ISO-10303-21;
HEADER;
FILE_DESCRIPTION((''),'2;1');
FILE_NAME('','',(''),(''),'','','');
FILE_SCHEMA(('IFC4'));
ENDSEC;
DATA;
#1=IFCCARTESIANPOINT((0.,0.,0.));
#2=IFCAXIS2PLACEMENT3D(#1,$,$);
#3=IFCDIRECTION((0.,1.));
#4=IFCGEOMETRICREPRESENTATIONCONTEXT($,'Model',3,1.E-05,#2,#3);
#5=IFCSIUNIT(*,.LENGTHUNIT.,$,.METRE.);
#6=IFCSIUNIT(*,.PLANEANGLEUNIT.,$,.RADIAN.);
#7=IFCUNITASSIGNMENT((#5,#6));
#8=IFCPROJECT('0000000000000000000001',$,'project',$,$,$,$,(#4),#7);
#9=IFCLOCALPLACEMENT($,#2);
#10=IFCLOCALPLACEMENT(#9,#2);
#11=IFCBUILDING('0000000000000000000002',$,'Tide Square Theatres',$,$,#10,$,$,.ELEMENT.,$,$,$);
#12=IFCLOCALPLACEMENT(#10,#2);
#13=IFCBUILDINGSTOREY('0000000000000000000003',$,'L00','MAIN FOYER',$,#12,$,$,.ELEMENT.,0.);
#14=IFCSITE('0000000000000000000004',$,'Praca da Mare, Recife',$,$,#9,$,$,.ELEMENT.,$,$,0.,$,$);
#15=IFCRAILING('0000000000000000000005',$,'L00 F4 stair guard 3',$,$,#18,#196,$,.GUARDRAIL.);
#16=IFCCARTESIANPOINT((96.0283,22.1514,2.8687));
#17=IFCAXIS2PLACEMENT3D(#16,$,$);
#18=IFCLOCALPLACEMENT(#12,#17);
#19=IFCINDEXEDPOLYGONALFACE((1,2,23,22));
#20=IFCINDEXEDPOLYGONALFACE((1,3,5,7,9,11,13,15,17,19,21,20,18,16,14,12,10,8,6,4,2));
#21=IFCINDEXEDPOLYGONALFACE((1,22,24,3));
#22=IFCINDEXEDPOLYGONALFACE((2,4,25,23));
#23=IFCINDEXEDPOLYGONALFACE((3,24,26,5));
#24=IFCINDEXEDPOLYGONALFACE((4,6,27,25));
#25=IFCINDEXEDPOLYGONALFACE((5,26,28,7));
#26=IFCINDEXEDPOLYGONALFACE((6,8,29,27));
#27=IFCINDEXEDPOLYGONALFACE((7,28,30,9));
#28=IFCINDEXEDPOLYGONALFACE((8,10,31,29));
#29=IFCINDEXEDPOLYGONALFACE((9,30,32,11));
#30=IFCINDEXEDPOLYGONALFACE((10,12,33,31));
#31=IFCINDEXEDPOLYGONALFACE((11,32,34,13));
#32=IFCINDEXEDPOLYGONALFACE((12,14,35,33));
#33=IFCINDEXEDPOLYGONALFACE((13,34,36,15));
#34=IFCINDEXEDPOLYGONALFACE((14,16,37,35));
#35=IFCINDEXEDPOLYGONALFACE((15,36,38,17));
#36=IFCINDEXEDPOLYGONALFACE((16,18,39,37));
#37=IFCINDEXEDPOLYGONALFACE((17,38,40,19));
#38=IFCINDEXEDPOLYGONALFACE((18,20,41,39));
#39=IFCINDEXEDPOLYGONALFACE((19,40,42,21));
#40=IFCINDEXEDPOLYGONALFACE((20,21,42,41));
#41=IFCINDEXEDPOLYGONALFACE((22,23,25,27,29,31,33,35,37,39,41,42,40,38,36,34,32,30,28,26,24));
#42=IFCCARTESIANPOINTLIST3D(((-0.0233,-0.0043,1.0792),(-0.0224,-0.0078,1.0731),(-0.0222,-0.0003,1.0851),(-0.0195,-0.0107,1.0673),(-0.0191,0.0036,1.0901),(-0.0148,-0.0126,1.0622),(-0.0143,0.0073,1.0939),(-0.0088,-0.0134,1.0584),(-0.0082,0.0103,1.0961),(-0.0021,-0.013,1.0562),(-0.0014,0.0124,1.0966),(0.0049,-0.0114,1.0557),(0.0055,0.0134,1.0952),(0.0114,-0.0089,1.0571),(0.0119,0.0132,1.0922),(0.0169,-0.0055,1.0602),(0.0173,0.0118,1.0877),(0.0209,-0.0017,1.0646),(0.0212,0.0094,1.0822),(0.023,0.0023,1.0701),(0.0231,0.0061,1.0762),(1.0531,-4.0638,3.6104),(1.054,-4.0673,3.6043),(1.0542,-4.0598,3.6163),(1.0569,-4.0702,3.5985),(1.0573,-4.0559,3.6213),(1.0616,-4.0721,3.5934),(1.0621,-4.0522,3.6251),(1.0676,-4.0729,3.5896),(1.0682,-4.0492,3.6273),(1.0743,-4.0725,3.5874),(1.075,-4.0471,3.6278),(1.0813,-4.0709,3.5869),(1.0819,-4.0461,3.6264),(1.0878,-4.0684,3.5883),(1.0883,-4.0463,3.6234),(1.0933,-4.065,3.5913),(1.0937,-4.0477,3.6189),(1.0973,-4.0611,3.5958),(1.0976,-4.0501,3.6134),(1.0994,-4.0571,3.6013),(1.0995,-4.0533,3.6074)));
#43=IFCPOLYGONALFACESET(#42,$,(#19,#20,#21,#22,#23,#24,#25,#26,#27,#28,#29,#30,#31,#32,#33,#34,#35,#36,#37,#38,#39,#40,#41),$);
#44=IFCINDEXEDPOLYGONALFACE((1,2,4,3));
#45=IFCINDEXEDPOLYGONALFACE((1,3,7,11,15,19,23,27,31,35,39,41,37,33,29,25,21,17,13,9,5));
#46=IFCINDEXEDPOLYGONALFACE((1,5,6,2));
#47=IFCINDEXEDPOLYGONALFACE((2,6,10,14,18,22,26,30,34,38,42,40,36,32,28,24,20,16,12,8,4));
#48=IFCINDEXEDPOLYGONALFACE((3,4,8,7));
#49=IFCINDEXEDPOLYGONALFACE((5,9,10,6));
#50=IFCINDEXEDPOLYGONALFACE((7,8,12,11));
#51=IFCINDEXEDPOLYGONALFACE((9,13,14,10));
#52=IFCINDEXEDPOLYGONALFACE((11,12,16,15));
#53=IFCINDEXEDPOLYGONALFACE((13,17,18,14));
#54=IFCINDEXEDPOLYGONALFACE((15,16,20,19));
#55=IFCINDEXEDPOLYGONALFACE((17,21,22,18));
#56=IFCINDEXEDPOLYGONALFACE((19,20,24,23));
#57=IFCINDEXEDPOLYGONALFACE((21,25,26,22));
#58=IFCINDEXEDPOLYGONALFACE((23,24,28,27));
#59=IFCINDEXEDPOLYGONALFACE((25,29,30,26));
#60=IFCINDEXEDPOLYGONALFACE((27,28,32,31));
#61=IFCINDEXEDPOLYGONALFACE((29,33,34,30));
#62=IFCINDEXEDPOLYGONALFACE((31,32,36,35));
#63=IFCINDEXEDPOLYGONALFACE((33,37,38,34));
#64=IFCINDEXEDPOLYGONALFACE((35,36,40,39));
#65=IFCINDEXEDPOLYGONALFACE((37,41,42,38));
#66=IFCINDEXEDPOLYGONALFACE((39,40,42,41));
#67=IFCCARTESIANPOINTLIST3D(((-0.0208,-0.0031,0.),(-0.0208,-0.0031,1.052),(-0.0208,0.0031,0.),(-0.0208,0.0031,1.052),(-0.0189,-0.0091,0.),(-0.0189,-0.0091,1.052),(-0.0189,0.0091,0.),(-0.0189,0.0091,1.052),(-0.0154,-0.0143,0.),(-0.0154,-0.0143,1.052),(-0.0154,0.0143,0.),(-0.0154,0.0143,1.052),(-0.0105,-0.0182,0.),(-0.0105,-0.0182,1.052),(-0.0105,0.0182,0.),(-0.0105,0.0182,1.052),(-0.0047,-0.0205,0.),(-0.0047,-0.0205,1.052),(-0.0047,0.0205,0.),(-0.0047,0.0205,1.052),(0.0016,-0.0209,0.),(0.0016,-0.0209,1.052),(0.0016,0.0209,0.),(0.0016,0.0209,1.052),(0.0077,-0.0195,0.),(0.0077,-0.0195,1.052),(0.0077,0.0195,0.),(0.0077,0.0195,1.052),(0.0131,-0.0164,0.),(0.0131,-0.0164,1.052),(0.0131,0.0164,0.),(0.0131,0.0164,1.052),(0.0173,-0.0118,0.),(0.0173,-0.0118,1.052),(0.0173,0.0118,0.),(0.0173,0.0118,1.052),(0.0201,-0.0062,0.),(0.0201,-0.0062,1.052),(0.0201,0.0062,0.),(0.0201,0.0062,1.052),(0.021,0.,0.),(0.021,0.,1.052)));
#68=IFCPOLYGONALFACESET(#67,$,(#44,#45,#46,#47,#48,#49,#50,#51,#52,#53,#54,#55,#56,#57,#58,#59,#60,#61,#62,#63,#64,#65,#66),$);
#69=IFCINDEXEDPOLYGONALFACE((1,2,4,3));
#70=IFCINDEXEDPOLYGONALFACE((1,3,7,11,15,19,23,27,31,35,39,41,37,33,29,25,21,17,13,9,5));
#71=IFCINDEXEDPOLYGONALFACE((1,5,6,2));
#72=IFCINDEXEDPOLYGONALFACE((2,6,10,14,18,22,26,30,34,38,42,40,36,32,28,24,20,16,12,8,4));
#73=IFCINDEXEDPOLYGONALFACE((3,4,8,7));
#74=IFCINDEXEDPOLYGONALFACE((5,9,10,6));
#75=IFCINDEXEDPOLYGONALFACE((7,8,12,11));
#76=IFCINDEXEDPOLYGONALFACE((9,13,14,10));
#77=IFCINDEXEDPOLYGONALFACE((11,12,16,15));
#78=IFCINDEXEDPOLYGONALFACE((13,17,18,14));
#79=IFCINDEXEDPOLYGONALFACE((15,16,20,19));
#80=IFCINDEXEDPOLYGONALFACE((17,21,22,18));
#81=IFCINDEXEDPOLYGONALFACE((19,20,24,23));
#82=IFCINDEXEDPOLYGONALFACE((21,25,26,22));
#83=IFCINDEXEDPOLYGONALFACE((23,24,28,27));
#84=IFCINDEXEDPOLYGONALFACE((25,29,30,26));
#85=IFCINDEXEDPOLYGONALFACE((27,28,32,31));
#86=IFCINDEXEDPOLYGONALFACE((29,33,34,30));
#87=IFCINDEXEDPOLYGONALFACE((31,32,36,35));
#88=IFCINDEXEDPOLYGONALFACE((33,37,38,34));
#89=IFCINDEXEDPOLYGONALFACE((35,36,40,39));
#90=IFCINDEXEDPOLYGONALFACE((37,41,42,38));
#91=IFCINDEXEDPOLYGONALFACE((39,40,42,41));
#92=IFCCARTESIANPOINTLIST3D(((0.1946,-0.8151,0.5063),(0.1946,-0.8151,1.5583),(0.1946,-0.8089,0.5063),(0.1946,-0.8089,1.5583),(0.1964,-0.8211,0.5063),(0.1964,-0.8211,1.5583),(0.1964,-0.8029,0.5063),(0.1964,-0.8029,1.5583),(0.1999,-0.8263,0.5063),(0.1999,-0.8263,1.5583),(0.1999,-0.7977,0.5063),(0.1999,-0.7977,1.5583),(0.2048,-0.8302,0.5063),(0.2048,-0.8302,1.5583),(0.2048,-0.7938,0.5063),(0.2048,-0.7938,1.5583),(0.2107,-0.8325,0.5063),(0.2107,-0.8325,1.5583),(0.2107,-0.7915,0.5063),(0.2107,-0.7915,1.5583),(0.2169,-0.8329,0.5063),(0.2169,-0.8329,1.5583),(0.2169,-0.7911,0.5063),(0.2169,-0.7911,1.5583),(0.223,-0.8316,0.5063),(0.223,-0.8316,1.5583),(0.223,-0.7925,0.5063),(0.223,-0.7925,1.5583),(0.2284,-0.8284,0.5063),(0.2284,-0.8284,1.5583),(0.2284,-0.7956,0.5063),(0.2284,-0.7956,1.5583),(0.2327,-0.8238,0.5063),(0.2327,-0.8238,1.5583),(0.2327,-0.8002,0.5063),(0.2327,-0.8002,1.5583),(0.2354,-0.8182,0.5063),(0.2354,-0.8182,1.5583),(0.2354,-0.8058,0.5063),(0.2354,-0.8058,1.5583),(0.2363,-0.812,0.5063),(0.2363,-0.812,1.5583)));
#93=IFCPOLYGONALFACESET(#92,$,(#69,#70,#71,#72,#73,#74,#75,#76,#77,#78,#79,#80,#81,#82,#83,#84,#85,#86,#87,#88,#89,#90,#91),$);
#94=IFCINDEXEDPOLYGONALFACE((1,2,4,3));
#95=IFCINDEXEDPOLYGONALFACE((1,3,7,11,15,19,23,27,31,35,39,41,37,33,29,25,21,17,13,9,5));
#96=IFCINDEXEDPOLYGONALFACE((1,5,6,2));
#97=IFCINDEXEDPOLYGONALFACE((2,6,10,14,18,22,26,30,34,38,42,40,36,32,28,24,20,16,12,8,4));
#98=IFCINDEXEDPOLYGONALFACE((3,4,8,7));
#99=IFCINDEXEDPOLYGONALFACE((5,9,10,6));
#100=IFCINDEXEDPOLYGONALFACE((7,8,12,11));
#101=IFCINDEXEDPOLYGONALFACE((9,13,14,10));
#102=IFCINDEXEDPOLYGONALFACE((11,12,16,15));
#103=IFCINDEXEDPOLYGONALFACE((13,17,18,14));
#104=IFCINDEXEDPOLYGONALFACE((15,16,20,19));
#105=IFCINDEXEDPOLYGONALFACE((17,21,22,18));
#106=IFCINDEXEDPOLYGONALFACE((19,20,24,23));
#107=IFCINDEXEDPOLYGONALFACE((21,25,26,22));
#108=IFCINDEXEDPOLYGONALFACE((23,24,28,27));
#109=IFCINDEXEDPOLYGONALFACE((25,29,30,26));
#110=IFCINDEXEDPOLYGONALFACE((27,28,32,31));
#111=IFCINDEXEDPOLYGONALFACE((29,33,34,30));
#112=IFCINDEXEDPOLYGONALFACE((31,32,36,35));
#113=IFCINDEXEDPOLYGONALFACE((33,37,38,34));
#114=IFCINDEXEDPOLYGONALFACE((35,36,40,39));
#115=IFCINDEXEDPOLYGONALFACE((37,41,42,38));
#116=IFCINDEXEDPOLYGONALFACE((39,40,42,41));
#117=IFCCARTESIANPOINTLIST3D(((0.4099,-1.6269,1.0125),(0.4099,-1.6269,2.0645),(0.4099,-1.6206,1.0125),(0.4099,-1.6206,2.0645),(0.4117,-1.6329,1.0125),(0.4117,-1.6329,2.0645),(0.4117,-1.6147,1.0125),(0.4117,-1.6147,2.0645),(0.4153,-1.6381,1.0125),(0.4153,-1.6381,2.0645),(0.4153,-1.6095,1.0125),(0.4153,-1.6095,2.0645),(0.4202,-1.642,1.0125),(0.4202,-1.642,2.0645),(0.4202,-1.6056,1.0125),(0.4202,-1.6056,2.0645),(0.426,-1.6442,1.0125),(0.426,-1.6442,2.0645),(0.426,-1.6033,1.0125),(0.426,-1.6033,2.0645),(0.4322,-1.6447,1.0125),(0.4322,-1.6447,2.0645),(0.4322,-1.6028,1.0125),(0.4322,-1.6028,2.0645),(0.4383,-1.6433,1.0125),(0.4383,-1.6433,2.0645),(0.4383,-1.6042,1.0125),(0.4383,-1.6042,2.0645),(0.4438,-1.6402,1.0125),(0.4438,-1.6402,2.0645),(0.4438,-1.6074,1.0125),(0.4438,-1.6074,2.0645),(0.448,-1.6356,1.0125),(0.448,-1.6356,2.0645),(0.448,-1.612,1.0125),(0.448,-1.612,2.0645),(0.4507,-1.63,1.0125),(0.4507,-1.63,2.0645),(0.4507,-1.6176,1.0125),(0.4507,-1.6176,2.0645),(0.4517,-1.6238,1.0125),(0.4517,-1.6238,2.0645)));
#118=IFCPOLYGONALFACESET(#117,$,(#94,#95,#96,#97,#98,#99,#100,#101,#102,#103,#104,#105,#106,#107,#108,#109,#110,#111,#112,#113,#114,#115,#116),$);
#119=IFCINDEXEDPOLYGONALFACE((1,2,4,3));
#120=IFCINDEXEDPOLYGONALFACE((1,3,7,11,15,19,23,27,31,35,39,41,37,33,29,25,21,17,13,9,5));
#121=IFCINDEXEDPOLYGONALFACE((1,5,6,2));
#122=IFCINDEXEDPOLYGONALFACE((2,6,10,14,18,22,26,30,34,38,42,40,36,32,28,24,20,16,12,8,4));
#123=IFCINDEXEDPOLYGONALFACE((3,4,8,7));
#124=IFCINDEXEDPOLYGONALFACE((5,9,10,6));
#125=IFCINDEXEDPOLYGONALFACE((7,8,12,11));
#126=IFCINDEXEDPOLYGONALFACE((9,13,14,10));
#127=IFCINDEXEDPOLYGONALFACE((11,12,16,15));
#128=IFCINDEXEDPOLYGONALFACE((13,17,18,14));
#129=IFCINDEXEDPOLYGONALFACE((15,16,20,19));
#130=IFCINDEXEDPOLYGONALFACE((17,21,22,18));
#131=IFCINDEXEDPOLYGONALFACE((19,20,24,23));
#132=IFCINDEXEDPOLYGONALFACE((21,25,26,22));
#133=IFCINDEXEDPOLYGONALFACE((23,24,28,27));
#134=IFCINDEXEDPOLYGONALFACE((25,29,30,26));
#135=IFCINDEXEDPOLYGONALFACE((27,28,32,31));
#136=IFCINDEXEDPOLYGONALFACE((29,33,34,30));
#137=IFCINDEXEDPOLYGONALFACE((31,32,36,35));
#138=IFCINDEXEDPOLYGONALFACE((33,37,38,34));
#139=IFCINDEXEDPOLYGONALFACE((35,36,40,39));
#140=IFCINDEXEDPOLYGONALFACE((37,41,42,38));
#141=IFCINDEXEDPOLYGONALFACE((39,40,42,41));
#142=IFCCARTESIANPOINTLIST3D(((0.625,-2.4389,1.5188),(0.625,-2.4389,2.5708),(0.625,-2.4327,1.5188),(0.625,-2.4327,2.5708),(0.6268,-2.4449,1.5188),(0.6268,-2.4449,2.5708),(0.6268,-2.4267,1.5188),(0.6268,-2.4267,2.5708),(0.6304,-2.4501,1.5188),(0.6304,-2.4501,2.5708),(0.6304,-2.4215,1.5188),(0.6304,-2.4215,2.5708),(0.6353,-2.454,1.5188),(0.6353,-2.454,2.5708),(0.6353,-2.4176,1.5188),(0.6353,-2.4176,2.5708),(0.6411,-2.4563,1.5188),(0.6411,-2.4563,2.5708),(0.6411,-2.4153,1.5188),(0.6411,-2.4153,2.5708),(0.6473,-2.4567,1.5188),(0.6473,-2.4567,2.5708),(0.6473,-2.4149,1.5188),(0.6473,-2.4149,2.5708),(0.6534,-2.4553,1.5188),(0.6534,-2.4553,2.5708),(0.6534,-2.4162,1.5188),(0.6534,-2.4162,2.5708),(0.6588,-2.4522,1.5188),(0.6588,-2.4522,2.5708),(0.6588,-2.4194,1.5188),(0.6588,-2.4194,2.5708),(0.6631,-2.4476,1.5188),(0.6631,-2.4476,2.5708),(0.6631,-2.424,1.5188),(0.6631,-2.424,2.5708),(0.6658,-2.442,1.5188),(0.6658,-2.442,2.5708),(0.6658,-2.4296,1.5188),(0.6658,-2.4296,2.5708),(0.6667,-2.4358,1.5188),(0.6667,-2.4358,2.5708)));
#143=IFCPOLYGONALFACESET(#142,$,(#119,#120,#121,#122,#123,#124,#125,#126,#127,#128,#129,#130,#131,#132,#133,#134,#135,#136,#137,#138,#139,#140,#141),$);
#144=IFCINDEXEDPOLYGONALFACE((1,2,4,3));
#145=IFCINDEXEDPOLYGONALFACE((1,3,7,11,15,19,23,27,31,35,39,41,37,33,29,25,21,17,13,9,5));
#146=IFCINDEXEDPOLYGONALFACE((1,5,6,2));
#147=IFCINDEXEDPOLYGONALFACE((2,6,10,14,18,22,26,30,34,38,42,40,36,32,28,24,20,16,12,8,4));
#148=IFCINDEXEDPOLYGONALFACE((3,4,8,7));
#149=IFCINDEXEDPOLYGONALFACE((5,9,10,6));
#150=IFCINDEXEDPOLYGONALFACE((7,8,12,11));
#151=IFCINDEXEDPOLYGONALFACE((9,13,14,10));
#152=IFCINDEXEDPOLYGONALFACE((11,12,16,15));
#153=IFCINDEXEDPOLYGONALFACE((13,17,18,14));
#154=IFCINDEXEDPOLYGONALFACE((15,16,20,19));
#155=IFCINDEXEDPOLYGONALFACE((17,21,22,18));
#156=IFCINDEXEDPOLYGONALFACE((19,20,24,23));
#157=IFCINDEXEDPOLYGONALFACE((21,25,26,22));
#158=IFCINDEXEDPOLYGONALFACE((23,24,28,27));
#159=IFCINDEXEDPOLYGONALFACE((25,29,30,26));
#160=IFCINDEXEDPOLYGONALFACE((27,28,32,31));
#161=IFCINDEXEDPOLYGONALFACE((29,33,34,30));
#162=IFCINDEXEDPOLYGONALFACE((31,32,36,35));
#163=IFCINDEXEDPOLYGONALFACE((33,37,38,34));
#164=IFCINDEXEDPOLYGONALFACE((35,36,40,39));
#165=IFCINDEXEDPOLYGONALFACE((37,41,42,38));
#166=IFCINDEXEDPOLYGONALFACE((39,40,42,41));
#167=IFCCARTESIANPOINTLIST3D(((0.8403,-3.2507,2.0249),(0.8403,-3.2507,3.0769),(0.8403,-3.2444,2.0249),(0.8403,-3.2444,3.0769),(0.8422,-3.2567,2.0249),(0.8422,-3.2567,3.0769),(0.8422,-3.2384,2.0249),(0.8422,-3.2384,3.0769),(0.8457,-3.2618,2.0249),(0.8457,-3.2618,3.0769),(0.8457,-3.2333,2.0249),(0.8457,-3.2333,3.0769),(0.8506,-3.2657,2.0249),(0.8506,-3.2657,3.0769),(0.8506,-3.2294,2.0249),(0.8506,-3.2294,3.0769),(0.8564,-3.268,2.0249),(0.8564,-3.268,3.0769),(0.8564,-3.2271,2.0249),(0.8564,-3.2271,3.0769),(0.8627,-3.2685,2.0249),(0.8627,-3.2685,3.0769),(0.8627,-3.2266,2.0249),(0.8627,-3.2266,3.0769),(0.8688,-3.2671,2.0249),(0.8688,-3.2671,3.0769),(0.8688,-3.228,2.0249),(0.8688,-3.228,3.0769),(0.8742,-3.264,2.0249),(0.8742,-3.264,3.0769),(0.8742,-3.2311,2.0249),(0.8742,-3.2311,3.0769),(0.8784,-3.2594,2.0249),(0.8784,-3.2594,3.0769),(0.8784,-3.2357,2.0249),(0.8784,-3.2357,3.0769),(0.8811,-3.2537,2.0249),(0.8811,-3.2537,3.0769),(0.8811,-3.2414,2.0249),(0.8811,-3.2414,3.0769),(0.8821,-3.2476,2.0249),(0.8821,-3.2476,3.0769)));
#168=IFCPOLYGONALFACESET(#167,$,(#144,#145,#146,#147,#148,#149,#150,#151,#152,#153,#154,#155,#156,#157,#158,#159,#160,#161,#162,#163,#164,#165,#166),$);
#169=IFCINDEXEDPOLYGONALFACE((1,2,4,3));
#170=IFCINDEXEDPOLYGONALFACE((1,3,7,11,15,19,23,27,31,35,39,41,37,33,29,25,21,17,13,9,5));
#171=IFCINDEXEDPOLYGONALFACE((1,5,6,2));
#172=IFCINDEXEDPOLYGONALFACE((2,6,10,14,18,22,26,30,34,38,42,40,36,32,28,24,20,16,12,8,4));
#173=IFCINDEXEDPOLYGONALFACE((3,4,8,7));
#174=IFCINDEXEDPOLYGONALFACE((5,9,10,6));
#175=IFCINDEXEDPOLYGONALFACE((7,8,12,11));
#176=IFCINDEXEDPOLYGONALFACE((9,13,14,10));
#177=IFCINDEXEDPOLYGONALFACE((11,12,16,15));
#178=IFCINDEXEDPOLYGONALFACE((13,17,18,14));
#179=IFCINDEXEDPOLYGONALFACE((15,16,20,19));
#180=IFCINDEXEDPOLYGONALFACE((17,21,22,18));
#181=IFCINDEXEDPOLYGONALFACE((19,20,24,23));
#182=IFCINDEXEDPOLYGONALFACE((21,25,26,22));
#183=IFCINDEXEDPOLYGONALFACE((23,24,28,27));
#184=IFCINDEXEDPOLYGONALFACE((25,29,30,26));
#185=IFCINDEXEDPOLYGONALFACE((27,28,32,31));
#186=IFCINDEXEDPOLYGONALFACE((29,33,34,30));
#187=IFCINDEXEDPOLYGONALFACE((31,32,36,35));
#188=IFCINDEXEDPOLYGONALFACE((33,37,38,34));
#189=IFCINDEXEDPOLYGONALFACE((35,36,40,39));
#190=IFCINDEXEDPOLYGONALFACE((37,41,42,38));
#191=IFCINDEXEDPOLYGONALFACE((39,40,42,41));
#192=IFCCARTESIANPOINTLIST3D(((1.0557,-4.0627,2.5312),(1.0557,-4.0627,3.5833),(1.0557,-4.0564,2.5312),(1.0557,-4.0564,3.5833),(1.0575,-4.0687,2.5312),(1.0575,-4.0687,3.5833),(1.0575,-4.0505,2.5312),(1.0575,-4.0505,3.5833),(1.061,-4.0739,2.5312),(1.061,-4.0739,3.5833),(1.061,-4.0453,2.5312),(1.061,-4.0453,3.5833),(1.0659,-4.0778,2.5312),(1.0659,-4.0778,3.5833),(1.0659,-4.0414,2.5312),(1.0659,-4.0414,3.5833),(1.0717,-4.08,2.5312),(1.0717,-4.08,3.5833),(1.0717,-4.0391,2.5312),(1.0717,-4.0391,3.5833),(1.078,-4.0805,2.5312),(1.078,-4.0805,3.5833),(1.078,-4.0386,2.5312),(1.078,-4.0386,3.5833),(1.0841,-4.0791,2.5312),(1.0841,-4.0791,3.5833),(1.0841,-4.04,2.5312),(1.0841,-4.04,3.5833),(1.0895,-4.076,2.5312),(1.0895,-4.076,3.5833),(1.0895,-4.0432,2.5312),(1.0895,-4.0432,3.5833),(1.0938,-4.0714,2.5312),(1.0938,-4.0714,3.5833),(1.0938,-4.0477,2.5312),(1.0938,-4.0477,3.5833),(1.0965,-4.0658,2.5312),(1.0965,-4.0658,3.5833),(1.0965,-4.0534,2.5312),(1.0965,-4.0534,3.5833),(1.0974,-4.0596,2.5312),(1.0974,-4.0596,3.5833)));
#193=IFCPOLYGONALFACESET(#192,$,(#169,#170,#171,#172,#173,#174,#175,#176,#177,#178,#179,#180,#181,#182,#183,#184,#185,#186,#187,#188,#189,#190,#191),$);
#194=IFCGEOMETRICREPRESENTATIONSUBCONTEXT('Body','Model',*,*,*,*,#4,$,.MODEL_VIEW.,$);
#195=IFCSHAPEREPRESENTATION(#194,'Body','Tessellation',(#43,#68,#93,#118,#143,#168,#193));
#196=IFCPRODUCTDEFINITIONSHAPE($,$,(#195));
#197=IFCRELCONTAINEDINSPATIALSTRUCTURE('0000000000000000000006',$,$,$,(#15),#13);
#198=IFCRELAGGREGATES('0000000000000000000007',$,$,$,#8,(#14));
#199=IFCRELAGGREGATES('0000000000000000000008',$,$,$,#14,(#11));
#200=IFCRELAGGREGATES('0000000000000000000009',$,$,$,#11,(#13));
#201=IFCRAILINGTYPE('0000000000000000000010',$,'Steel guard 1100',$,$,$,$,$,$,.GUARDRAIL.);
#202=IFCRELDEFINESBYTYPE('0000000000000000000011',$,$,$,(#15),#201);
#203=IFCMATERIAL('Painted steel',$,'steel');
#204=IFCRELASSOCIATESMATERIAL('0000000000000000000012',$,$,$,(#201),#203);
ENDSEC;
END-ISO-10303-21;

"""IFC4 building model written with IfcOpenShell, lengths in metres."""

from ifc_helpers import new_model, si_unit, direction, frame, origin, origin_2d, place, context, subcontext, project, spatial, circle, extrude, material, type_object, element, save


model = new_model("IFC4")

# Units and contexts
model_context = context("Model", 3, precision=1e-05, world=origin(), true_north=direction((0.0, 1.0)))
body_context = subcontext(model_context, "Body", "Model", "MODEL_VIEW")
ifc_project = project(units=[si_unit("LENGTHUNIT", "METRE"), si_unit("PLANEANGLEUNIT", "RADIAN")], contexts=[model_context])

# Site, building, storey
site_placement = place(None, origin())
site = spatial("IfcSite", under=ifc_project, at=site_placement, Name="Praca da Mare, Recife", CompositionType="ELEMENT", RefElevation=0.0)
building_placement = place(site_placement, origin())
building = spatial("IfcBuilding", under=site, at=building_placement, Name="Tide Square Theatres", CompositionType="ELEMENT")
storey_placement = place(building_placement, origin())
storey = spatial("IfcBuildingStorey", under=building, at=storey_placement, Name="L00", Description="MAIN FOYER", CompositionType="ELEMENT", Elevation=0.0)

# Railing
ifc_material_1 = material(Name="Painted steel", Category="steel")
railing_type_1 = type_object("IfcRailingType", Name="Steel guard 1100", PredefinedType="GUARDRAIL", material=ifc_material_1)
railing_1_placement = place(storey_placement, frame((96.0283, 22.1514, 2.8687)))
element("IfcRailing", 1, at=railing_1_placement, inside=storey, type_object=railing_type_1, Name="L00 F4 stair guard 3", PredefinedType="GUARDRAIL", context=body_context, shape_type="SweptSolid", body=[
    extrude(circle(Radius=0.0239, at=origin_2d()), frame((0.0, 0.0, 1.0762), z_axis=(0.219512, -0.827863, 0.516195), x_axis=(0.966598, 0.256298, 0.0)), (0.0, 0.0, 1.0), 4.9036),
    extrude(circle(Radius=0.021, at=origin_2d()), origin(), (0.0, 0.0, 1.0), 1.052),
    extrude(circle(Radius=0.021, at=origin_2d()), frame((0.2153, -0.812, 0.5063)), (0.0, 0.0, 1.0), 1.052),
    extrude(circle(Radius=0.021, at=origin_2d()), frame((0.4307, -1.6238, 1.0125)), (0.0, 0.0, 1.0), 1.052),
    extrude(circle(Radius=0.021, at=origin_2d()), frame((0.6458, -2.4358, 1.5188)), (0.0, 0.0, 1.0), 1.052),
    extrude(circle(Radius=0.021, at=origin_2d()), frame((0.8611, -3.2476, 2.0249)), (0.0, 0.0, 1.0), 1.052),
    extrude(circle(Radius=0.021, at=origin_2d()), frame((1.0764, -4.0596, 2.5312)), (0.0, 0.0, 1.0), 1.052),
])

save(model, "model.ifc")
